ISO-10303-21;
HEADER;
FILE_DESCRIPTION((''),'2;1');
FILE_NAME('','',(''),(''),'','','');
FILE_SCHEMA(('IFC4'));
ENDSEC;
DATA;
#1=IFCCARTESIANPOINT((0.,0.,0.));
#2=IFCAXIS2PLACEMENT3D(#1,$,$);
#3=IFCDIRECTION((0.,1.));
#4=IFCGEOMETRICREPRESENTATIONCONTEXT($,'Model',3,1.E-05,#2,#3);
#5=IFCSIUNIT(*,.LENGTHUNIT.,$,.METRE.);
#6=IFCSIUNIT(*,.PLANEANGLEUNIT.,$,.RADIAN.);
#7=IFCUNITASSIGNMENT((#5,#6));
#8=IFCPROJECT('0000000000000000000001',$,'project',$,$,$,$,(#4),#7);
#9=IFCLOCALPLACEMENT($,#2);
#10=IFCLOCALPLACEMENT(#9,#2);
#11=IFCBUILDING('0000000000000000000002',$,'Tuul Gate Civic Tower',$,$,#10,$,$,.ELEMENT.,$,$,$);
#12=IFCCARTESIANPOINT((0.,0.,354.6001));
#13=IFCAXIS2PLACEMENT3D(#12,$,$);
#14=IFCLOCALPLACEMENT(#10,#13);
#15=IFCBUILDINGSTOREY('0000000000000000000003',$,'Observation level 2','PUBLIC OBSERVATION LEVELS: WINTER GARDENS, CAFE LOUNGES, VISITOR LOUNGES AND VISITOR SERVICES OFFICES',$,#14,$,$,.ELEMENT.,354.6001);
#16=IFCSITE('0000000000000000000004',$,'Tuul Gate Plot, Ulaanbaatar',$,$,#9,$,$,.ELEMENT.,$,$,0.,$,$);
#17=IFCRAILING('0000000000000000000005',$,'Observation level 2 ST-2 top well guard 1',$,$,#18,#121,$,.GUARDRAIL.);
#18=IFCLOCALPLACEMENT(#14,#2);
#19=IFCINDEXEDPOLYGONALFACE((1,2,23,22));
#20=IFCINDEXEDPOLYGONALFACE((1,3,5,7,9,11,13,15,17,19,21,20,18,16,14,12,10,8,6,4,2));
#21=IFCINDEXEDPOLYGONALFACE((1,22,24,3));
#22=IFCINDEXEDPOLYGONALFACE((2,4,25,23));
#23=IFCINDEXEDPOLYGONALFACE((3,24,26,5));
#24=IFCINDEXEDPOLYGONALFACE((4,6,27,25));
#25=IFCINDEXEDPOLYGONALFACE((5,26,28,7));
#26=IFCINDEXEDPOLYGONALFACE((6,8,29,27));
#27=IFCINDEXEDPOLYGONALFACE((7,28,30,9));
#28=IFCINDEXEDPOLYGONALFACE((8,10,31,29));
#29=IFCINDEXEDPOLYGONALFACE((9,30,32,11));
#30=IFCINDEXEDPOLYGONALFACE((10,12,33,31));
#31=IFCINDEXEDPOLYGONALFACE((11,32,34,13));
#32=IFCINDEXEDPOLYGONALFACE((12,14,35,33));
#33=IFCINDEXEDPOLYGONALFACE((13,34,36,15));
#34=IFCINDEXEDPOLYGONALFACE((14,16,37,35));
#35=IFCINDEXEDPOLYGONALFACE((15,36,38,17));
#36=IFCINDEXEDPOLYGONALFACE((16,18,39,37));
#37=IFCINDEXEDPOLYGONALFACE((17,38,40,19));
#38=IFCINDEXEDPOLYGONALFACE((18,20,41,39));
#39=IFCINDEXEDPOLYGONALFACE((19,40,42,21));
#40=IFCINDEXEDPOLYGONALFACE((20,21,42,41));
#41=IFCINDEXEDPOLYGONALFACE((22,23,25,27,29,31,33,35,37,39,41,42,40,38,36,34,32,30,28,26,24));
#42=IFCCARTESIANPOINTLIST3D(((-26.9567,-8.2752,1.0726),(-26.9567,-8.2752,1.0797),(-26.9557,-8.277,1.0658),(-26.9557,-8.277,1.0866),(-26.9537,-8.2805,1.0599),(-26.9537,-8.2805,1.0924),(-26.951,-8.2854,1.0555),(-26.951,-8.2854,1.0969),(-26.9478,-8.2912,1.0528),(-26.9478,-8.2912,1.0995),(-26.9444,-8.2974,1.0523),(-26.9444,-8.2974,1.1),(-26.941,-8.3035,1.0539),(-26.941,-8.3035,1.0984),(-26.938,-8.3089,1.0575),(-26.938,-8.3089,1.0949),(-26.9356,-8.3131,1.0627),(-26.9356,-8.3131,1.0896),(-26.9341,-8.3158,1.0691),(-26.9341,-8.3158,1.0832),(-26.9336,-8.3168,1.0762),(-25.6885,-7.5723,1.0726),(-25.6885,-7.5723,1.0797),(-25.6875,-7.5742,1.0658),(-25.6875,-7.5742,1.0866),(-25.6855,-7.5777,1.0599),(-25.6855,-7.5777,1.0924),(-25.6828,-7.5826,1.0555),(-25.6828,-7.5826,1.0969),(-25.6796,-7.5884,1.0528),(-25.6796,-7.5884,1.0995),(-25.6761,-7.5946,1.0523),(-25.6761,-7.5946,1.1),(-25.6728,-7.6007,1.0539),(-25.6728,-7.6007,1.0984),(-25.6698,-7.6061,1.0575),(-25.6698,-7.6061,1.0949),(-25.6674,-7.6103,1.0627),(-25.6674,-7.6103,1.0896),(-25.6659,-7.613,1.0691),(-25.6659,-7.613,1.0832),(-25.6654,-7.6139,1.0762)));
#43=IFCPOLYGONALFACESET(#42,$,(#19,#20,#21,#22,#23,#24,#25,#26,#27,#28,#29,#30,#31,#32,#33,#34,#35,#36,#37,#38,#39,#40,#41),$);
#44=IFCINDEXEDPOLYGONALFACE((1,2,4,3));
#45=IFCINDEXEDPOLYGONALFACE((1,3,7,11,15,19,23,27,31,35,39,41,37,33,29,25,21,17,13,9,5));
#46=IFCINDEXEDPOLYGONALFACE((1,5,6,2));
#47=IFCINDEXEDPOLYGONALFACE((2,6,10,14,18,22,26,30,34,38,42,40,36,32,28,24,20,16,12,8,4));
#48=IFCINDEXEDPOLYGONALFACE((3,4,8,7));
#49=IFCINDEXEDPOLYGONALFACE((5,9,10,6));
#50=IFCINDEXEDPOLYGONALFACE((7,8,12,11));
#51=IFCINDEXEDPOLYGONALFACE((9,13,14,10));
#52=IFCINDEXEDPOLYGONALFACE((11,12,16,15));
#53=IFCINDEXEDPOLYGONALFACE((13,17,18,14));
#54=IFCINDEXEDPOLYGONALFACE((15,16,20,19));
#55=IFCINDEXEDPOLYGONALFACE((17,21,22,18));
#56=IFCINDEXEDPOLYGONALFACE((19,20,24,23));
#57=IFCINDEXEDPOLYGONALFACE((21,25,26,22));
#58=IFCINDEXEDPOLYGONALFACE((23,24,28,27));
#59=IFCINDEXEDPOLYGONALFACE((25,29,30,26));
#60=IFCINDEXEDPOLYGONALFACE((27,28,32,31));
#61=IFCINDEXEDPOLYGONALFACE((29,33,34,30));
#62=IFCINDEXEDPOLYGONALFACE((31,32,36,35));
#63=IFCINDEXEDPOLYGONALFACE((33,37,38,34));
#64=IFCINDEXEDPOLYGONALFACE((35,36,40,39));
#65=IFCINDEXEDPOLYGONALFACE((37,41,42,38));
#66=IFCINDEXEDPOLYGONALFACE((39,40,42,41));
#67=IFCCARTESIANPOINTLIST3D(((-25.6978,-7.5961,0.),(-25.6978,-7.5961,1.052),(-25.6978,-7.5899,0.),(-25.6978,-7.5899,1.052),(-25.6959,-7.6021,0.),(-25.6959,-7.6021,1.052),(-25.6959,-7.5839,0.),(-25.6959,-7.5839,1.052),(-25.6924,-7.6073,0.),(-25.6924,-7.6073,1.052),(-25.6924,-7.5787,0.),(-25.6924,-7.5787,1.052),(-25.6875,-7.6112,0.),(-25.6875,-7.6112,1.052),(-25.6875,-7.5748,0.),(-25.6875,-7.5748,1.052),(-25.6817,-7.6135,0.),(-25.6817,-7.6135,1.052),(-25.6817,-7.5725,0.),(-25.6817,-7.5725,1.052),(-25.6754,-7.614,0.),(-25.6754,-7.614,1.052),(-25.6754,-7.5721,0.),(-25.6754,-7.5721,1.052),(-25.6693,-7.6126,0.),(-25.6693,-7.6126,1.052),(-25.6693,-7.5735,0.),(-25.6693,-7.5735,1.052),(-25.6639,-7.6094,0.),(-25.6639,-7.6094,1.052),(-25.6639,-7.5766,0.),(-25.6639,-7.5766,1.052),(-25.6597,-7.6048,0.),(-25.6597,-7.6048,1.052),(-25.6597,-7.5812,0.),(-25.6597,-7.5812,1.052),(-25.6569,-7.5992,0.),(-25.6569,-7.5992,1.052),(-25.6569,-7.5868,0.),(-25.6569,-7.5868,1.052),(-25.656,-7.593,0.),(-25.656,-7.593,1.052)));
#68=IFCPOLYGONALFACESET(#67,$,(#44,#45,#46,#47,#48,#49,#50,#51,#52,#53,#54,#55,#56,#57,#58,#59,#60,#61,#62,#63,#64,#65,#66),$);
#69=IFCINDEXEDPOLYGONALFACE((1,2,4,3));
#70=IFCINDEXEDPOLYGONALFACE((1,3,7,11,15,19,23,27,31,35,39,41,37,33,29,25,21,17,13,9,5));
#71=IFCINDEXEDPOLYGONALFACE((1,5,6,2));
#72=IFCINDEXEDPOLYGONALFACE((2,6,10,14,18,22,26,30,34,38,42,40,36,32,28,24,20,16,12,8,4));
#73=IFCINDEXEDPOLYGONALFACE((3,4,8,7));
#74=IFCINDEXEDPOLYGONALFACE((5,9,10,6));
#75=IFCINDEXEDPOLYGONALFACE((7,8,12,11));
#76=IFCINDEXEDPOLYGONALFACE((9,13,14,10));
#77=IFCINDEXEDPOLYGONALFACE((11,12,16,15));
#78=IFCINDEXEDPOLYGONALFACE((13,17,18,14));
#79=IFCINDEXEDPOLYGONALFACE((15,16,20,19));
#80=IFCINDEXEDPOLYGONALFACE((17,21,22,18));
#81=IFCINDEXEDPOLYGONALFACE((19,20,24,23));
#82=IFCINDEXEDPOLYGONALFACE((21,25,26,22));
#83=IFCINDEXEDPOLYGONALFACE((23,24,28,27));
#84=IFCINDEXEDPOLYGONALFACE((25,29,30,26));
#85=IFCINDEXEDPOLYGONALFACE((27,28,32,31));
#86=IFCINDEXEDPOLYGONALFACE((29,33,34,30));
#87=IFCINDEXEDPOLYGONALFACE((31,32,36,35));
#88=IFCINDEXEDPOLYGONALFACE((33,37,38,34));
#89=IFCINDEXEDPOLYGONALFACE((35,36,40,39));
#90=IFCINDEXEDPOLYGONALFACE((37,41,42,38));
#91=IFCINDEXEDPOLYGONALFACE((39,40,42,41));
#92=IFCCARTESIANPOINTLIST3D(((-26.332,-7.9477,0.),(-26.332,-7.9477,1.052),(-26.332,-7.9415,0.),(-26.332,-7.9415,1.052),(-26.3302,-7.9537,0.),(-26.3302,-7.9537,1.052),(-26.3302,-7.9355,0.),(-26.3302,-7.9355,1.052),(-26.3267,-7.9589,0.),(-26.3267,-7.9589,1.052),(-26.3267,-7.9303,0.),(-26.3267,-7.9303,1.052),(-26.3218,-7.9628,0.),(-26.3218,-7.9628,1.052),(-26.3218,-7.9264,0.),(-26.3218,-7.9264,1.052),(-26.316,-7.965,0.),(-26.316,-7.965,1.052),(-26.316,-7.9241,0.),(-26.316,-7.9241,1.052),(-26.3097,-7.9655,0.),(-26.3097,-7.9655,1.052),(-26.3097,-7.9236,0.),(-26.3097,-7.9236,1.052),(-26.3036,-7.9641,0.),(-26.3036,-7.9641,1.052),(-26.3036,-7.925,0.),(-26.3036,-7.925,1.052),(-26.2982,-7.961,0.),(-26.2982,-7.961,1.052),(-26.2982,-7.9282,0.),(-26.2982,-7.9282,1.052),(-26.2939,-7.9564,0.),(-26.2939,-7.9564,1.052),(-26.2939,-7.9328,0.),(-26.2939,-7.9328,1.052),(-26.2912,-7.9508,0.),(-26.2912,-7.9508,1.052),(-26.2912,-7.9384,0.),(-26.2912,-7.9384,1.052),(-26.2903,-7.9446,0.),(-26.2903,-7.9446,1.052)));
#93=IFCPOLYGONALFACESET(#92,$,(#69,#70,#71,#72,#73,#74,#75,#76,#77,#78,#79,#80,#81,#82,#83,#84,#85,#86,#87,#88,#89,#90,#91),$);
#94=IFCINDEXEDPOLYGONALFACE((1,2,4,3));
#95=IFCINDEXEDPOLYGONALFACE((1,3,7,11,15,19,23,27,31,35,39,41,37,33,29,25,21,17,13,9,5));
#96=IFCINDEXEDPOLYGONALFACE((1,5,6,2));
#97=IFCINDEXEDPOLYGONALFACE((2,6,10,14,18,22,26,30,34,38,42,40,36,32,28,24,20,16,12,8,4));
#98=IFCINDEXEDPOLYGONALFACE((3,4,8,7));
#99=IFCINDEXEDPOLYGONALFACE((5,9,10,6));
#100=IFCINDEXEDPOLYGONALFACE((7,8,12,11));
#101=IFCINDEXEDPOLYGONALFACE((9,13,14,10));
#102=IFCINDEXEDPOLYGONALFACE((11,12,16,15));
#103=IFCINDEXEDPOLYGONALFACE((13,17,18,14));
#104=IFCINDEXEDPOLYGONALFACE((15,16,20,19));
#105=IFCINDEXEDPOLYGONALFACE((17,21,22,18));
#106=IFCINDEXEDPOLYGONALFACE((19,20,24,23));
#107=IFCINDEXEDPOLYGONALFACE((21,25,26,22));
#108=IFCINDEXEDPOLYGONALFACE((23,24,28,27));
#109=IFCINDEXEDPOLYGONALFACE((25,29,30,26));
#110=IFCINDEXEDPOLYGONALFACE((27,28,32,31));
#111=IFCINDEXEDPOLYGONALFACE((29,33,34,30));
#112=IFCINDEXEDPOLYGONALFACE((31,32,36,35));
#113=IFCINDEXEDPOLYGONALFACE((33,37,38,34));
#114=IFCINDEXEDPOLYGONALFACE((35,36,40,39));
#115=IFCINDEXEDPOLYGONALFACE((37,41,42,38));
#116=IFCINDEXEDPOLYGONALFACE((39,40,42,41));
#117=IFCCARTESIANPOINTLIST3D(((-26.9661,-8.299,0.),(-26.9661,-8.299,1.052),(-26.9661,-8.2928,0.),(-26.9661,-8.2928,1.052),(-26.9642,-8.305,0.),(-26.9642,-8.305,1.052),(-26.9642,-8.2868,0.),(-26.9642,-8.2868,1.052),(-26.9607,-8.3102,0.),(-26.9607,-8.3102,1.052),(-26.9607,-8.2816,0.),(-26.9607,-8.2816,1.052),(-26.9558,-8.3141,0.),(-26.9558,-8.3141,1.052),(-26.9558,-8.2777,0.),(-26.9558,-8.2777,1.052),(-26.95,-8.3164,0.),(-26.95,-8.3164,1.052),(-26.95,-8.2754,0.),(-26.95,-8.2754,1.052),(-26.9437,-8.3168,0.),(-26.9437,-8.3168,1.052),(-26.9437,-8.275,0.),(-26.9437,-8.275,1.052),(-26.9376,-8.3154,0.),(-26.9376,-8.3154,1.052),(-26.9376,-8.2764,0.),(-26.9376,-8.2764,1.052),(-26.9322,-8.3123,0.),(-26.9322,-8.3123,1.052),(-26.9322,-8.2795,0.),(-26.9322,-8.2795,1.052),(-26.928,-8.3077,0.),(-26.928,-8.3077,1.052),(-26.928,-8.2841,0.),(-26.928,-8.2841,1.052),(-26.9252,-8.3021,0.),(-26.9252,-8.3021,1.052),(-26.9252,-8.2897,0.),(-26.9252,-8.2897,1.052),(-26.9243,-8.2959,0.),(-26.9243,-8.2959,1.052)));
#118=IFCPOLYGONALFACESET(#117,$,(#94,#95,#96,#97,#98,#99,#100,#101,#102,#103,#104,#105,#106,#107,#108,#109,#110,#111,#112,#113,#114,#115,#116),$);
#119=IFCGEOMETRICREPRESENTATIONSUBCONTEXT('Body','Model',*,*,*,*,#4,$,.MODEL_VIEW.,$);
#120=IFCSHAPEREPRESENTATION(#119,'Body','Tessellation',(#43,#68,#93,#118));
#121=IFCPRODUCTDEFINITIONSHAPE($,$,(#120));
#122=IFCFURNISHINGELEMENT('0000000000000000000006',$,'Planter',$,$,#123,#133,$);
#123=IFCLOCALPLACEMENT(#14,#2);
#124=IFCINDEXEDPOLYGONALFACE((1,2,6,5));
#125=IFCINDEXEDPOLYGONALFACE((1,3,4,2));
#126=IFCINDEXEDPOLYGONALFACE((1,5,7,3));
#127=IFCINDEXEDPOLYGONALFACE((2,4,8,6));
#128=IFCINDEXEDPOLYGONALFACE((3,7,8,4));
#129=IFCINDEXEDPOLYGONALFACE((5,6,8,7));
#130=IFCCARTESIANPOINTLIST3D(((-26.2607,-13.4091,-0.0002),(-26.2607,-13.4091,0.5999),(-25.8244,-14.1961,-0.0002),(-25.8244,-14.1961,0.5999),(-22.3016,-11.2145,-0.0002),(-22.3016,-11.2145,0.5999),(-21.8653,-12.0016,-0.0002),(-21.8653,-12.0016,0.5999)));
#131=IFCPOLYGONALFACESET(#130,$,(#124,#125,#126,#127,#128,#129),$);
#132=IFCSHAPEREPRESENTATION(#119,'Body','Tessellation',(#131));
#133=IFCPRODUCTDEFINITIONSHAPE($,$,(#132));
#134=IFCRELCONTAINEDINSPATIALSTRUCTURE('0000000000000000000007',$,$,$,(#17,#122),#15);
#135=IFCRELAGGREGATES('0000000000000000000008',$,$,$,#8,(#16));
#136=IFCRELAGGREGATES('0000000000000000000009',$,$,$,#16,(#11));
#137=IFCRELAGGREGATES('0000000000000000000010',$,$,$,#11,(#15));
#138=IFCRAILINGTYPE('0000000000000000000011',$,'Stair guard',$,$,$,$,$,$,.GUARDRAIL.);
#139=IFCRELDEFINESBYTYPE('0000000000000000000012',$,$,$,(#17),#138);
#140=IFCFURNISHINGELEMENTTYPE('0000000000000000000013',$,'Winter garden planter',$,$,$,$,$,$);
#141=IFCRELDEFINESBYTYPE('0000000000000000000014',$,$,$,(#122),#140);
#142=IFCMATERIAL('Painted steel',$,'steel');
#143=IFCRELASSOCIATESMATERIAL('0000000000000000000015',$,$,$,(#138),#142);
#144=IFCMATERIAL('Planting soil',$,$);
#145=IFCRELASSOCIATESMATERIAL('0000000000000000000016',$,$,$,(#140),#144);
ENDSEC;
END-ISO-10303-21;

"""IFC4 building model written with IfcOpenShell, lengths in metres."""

from ifc_helpers import new_model, si_unit, direction, frame, origin, origin_2d, place, context, subcontext, project, spatial, rectangle, circle, extrude, material, type_object, element, save


model = new_model("IFC4")

# Units and contexts
model_context = context("Model", 3, precision=1e-05, world=origin(), true_north=direction((0.0, 1.0)))
body_context = subcontext(model_context, "Body", "Model", "MODEL_VIEW")
ifc_project = project(units=[si_unit("LENGTHUNIT", "METRE"), si_unit("PLANEANGLEUNIT", "RADIAN")], contexts=[model_context])

# Site, building, storey
site_placement = place(None, origin())
site = spatial("IfcSite", under=ifc_project, at=site_placement, Name="Tuul Gate Plot, Ulaanbaatar", CompositionType="ELEMENT", RefElevation=0.0)
building_placement = place(site_placement, origin())
building = spatial("IfcBuilding", under=site, at=building_placement, Name="Tuul Gate Civic Tower", CompositionType="ELEMENT")
storey_placement = place(building_placement, frame((0.0, 0.0, 354.6001)))
storey = spatial("IfcBuildingStorey", under=building, at=storey_placement, Name="Observation level 2", Description="PUBLIC OBSERVATION LEVELS: WINTER GARDENS, CAFE LOUNGES, VISITOR LOUNGES AND VISITOR SERVICES OFFICES", CompositionType="ELEMENT", Elevation=354.6001)

# Railing
ifc_material_1 = material(Name="Painted steel", Category="steel")
railing_type = type_object("IfcRailingType", Name="Stair guard", PredefinedType="GUARDRAIL", material=ifc_material_1)
railing_placement = place(storey_placement, frame((-25.677, -7.593, 0.0)))
element("IfcRailing", 1, at=railing_placement, inside=storey, type_object=railing_type, Name="Observation level 2 ST-2 top well guard 1", PredefinedType="GUARDRAIL", context=body_context, shape_type="SweptSolid", body=[
    extrude(circle(Radius=0.0239, at=origin_2d()), frame((0.0, 0.0, 1.0762), z_axis=(-0.874665, -0.484728, 0.0), x_axis=(0.484728, -0.874665, 0.0)), (0.0, 0.0, 1.0), 1.45),
    extrude(circle(Radius=0.021, at=origin_2d()), origin(), (0.0, 0.0, 1.0), 1.052),
    extrude(circle(Radius=0.021, at=origin_2d()), frame((-0.6343, -0.3516, 0.0)), (0.0, 0.0, 1.0), 1.052),
    extrude(circle(Radius=0.021, at=origin_2d()), frame((-1.2683, -0.7029, 0.0)), (0.0, 0.0, 1.0), 1.052),
])

# Furnishing element
ifc_material_2 = material(Name="Planting soil")
furnishing_element_type = type_object("IfcFurnishingElementType", Name="Winter garden planter", material=ifc_material_2)
furnishing_placement = place(storey_placement, frame((-24.063, -12.7053, -0.0002), z_axis=(0.0, 0.0, 1.0), x_axis=(0.874621, 0.484808, 0.0)))
element("IfcFurnishingElement", 2, at=furnishing_placement, inside=storey, type_object=furnishing_element_type, Name="Planter", context=body_context, shape_type="SweptSolid", body=[
    extrude(rectangle(XDim=4.5266, YDim=0.8999, at=origin_2d()), origin(), (0.0, 0.0, 1.0), 0.6001),
])

save(model, "model.ifc")
